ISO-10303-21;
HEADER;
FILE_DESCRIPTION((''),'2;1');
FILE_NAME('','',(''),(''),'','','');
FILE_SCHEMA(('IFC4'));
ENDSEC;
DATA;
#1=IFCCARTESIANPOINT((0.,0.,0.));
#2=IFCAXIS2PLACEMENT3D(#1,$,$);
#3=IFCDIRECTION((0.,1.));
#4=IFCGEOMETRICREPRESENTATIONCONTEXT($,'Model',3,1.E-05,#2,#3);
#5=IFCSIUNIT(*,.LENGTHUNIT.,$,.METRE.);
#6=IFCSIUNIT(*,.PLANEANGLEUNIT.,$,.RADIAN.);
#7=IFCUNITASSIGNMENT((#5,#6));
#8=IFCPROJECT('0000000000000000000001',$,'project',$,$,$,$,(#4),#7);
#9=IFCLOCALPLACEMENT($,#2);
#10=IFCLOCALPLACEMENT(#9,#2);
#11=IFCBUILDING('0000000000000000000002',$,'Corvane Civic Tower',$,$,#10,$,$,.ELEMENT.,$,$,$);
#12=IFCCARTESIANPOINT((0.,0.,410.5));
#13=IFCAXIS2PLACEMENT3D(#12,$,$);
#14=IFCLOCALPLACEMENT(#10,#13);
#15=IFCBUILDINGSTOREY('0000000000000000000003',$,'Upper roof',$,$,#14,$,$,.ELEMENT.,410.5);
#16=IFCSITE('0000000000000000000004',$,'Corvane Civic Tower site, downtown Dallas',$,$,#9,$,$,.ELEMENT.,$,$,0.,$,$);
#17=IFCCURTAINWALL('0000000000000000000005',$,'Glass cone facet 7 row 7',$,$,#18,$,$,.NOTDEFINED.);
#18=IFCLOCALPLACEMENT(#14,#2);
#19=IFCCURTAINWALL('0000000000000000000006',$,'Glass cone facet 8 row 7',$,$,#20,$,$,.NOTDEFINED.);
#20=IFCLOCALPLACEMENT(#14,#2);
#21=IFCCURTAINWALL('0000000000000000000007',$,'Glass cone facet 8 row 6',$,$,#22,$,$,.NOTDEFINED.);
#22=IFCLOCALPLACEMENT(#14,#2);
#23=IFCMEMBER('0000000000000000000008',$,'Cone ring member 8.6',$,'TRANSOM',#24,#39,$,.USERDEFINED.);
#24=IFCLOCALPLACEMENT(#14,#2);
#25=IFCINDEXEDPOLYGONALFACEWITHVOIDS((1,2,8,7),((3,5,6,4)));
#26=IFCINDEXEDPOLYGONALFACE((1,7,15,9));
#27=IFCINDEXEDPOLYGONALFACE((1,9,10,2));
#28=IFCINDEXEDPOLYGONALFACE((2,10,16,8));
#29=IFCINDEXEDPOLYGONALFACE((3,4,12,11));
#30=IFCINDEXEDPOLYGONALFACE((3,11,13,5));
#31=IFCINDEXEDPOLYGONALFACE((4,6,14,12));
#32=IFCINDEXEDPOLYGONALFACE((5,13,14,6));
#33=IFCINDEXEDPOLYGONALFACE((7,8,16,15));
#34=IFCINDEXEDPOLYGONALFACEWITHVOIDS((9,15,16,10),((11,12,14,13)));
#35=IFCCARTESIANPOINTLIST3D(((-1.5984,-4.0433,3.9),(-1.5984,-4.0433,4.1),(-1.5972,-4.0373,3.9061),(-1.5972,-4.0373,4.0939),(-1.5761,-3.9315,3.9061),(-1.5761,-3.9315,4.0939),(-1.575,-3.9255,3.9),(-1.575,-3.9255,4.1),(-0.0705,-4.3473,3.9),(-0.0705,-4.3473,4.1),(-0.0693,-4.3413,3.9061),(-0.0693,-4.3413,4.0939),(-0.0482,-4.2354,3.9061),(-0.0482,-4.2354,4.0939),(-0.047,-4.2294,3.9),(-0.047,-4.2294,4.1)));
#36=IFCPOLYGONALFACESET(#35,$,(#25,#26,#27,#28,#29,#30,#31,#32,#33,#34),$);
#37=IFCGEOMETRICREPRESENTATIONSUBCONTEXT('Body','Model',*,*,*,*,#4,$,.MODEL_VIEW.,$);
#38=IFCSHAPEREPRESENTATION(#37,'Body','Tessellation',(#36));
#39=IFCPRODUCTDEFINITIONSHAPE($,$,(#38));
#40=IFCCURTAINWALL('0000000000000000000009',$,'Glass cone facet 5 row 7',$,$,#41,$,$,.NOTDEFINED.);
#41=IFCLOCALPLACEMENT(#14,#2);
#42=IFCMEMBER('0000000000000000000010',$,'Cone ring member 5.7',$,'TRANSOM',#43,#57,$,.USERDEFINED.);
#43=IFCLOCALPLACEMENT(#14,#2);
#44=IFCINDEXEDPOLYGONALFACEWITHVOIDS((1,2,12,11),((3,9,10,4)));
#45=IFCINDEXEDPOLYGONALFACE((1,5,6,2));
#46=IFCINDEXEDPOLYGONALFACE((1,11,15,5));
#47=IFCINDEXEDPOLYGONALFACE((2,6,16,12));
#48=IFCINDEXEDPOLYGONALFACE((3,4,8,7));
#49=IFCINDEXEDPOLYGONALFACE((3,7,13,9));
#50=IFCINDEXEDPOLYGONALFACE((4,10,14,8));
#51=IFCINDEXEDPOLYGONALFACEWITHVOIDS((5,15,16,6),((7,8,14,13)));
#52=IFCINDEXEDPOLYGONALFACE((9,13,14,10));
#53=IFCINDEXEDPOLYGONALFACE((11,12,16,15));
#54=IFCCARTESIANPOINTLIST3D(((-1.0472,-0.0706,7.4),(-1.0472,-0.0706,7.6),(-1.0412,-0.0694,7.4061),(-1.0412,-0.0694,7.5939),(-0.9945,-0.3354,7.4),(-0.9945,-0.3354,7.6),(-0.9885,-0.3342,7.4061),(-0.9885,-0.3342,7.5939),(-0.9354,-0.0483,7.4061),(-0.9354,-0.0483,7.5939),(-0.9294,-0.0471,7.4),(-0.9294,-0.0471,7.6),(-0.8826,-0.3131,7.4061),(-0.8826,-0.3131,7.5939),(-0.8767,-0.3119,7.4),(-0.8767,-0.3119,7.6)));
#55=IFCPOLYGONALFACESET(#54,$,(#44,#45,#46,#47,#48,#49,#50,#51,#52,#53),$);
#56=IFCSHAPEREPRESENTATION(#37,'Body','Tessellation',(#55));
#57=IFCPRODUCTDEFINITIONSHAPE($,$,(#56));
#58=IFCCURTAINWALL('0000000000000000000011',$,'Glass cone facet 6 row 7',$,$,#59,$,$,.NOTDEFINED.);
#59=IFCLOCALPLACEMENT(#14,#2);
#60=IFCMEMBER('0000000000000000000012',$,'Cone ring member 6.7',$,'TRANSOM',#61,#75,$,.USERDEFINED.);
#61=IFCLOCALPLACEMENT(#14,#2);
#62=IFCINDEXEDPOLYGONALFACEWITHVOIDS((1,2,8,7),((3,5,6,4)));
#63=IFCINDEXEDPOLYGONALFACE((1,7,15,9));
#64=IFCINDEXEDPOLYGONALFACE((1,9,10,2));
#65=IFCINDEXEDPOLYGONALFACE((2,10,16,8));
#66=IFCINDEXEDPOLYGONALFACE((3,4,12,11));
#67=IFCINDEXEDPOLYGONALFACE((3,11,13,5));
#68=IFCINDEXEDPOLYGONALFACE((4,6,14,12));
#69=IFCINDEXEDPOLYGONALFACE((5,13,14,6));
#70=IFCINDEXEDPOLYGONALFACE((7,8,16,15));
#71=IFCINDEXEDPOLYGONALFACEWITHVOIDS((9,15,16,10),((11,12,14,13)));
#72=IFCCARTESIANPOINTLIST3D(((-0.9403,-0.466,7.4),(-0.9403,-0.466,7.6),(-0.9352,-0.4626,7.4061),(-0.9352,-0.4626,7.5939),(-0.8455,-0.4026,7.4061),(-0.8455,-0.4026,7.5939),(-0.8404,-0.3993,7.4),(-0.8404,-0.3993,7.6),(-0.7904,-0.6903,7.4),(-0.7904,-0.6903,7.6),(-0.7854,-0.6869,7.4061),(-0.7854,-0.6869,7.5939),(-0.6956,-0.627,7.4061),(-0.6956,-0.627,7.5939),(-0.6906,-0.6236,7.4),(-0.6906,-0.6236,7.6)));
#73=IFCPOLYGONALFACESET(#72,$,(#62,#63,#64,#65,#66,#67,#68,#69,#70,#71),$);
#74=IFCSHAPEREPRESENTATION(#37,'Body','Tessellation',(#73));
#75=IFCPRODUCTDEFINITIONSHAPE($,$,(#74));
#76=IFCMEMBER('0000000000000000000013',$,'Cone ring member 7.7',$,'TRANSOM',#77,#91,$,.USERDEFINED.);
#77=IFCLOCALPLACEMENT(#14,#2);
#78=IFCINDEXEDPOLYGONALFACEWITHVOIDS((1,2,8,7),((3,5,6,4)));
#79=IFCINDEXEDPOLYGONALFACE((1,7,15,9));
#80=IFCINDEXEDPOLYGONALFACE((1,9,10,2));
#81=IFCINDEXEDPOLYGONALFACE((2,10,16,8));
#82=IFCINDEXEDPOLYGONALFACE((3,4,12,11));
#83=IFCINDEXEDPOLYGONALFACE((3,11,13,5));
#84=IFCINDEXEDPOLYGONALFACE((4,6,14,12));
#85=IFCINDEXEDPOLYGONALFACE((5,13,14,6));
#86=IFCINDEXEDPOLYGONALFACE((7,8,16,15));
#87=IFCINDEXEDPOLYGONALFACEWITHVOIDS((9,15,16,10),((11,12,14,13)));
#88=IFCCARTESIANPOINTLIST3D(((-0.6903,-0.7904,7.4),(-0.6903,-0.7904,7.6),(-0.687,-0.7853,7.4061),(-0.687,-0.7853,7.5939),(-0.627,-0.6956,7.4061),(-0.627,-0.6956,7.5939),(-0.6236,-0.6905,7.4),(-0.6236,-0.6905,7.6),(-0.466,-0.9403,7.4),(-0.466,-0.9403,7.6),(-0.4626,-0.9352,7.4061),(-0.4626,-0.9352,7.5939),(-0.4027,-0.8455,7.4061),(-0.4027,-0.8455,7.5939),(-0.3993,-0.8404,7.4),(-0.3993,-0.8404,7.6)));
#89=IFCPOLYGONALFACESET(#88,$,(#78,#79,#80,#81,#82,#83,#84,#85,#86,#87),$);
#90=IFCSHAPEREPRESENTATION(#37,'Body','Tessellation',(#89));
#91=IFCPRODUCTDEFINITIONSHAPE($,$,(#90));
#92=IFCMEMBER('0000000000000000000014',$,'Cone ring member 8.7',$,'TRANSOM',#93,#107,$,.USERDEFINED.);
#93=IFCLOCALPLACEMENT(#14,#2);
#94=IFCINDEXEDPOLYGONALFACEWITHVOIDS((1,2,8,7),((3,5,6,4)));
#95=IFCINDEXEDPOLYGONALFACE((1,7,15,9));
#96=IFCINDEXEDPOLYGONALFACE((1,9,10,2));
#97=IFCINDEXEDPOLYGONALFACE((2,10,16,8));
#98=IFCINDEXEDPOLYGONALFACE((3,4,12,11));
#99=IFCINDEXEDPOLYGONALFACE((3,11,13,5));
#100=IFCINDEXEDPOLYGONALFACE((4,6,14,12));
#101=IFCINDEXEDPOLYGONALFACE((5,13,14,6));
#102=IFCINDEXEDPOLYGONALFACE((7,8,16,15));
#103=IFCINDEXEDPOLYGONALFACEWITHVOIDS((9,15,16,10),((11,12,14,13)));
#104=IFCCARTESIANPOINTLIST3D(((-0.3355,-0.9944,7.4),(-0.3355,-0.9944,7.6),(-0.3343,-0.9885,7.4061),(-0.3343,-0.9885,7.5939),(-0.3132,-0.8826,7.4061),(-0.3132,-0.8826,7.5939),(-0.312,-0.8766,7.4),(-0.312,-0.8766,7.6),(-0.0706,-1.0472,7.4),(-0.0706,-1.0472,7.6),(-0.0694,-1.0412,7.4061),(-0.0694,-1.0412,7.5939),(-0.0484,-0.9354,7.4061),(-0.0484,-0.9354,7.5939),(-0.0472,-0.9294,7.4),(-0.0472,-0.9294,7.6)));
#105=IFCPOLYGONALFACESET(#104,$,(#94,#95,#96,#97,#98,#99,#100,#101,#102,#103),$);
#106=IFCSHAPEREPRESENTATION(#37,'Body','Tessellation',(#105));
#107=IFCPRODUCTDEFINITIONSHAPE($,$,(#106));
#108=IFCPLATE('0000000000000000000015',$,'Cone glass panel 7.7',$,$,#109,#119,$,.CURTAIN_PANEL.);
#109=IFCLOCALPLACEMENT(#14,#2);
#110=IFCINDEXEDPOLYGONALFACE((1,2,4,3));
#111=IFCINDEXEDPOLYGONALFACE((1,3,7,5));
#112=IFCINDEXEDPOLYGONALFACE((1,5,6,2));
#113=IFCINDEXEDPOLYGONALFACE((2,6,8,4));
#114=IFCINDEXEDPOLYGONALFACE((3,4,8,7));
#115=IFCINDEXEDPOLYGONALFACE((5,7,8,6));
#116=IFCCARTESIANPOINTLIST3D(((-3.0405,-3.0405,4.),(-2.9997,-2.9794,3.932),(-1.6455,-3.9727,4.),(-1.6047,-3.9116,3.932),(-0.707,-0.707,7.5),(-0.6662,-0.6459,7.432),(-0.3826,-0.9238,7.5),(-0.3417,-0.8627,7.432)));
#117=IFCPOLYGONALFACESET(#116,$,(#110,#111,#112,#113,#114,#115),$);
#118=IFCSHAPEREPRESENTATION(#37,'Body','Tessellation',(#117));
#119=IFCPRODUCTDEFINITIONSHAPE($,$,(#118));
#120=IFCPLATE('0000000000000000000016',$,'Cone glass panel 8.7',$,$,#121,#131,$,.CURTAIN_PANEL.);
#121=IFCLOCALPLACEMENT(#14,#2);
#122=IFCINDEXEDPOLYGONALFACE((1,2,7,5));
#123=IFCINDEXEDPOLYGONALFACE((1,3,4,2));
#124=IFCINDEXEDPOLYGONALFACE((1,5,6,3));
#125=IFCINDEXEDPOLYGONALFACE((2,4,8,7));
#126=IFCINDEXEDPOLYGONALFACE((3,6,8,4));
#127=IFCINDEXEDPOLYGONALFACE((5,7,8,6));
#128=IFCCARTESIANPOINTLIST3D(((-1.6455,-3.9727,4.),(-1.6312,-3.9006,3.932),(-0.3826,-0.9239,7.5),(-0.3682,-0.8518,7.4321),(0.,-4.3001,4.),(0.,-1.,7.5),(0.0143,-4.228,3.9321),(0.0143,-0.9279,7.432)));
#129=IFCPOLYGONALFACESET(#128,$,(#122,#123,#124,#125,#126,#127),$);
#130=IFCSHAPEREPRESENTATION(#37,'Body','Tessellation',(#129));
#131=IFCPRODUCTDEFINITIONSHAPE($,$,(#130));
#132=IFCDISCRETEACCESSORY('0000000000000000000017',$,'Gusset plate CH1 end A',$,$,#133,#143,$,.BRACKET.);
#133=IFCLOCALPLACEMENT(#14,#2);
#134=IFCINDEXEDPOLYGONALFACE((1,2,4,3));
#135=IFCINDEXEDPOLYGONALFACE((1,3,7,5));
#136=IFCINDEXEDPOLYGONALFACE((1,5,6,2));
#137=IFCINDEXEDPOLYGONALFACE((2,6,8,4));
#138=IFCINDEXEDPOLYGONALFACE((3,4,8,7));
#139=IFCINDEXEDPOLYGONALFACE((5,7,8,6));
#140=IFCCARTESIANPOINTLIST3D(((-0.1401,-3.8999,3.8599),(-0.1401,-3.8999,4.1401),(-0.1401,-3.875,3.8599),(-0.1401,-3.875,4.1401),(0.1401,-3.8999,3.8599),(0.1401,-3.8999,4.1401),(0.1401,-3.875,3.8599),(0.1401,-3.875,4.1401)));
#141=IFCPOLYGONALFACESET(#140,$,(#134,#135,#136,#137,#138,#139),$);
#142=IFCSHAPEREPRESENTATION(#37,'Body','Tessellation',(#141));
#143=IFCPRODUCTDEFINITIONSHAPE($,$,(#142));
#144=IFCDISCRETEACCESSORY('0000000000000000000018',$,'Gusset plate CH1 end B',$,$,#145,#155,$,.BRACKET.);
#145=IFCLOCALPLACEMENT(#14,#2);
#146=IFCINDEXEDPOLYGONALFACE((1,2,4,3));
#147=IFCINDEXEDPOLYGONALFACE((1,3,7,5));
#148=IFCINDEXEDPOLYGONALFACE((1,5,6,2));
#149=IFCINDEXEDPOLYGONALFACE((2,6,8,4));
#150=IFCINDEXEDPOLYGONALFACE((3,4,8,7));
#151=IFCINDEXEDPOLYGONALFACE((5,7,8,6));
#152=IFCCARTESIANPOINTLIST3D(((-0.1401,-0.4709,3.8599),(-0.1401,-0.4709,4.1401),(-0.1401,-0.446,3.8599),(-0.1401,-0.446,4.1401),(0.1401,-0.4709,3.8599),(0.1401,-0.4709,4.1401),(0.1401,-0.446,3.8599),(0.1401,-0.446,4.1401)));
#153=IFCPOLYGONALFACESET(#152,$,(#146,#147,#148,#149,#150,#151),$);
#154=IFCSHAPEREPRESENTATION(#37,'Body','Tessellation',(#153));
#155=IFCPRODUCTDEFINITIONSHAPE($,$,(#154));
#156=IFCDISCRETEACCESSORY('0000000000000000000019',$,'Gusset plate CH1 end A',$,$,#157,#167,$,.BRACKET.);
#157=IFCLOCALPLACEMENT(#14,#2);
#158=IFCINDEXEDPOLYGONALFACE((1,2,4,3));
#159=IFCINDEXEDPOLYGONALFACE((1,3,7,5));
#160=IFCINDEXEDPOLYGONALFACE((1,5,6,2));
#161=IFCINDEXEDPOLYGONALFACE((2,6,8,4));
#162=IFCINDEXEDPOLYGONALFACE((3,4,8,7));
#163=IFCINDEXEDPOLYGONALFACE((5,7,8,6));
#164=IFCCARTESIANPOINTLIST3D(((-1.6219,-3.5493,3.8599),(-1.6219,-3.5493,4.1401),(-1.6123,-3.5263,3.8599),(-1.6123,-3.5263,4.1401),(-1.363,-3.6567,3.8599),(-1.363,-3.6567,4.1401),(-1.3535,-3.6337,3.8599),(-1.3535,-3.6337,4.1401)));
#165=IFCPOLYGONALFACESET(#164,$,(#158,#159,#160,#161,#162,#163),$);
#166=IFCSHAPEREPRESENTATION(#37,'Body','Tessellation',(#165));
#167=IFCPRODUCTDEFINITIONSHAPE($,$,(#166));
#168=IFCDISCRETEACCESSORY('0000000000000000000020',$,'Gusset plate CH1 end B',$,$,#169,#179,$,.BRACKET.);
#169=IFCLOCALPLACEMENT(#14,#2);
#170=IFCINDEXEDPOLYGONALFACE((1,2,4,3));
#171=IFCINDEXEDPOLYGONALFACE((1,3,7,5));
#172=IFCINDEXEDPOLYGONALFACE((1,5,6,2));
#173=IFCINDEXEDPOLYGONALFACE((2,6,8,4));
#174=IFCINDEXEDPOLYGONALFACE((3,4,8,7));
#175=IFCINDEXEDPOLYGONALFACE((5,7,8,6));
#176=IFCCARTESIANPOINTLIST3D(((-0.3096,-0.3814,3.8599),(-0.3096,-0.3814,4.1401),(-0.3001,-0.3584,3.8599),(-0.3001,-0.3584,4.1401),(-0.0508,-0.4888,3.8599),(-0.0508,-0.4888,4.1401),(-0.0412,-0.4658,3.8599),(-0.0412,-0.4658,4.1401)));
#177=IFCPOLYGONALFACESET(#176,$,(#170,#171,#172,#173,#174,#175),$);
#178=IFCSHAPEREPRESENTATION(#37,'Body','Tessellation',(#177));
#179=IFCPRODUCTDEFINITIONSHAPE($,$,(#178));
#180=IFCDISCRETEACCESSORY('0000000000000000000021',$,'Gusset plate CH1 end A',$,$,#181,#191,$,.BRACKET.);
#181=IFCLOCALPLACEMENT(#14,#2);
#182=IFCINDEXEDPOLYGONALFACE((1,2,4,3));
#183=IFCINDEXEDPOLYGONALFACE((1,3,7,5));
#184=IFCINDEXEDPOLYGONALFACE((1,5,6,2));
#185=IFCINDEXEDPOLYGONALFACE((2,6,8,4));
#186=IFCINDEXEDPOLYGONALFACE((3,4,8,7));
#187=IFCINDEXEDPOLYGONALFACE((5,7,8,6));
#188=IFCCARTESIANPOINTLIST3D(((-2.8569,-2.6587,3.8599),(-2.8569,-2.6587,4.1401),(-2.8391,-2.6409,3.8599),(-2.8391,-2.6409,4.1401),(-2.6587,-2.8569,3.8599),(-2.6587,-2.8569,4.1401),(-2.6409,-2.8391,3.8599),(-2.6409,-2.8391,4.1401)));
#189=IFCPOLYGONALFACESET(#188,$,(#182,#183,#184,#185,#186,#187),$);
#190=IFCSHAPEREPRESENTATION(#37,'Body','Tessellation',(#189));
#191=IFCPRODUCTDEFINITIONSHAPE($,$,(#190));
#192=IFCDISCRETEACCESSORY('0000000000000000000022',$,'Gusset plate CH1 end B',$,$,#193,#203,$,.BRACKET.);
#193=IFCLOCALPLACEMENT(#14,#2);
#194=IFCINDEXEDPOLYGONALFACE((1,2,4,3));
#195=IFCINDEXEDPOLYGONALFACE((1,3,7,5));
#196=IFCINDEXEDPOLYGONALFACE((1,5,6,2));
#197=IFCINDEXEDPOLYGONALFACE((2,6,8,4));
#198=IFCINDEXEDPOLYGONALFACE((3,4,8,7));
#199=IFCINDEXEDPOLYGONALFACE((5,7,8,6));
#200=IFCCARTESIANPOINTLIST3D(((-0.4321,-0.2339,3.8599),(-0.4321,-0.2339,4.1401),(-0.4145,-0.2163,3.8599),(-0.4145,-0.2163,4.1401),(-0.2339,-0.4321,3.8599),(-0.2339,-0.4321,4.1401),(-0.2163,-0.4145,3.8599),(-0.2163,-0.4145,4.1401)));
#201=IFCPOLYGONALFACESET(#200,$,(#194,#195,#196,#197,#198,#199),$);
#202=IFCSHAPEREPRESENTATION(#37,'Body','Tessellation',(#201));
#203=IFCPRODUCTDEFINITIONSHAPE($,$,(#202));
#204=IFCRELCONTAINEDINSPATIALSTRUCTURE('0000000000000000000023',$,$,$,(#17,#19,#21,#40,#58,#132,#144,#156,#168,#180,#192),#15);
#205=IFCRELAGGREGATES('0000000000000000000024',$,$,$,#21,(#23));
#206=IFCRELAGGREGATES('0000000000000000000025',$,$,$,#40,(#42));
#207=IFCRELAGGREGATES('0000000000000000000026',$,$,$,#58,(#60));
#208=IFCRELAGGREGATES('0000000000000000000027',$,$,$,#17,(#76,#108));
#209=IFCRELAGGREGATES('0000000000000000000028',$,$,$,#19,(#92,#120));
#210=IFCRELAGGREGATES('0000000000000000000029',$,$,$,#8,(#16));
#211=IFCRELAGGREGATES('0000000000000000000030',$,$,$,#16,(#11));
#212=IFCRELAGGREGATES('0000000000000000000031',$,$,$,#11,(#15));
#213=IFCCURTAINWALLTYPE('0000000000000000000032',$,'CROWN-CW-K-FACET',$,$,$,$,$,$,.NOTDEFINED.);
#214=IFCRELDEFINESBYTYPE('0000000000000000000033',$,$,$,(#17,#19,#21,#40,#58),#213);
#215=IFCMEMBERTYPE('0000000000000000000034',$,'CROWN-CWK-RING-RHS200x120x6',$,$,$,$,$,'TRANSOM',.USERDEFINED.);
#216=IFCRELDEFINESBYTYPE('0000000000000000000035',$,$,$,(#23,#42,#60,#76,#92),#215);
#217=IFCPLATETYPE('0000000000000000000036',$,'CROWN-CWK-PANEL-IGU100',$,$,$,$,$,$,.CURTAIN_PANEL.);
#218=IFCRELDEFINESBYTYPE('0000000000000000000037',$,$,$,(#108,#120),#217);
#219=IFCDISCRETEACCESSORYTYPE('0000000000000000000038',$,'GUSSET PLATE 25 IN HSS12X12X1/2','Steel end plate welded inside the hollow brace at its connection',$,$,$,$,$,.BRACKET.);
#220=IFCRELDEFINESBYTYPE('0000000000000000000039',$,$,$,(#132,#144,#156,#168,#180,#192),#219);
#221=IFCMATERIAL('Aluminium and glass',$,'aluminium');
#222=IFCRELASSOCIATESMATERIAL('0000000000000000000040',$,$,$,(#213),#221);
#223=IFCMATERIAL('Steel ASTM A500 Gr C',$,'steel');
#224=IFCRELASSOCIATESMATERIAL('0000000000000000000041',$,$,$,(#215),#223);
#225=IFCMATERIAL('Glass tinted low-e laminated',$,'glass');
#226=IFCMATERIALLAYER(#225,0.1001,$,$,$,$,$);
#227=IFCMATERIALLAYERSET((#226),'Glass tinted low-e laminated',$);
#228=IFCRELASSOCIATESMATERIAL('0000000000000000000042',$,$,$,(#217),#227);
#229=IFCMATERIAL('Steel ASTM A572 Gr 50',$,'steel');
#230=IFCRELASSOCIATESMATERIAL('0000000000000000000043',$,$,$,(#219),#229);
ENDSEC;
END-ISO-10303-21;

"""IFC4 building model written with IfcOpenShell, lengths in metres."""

from ifc_helpers import new_model, si_unit, direction, frame, origin, origin_2d, place, context, subcontext, project, spatial, polyline, rectangle, hollow_rectangle, outline, extrude, material, layer, layer_set, material_profile, profile_set, type_object, element, aggregate, save


model = new_model("IFC4")

# Units and contexts
model_context = context("Model", 3, precision=1e-05, world=origin(), true_north=direction((0.0, 1.0)))
body_context = subcontext(model_context, "Body", "Model", "MODEL_VIEW")
ifc_project = project(units=[si_unit("LENGTHUNIT", "METRE"), si_unit("PLANEANGLEUNIT", "RADIAN")], contexts=[model_context])

# Site, building, storey
site_placement = place(None, origin())
site = spatial("IfcSite", under=ifc_project, at=site_placement, Name="Corvane Civic Tower site, downtown Dallas", CompositionType="ELEMENT", RefElevation=0.0)
building_placement = place(site_placement, origin())
building = spatial("IfcBuilding", under=site, at=building_placement, Name="Corvane Civic Tower", CompositionType="ELEMENT")
storey_placement = place(building_placement, frame((0.0, 0.0, 410.5)))
storey = spatial("IfcBuildingStorey", under=building, at=storey_placement, Name="Upper roof", CompositionType="ELEMENT", Elevation=410.5)

# Curtain walls
ifc_material_1 = material(Name="Aluminium and glass", Category="aluminium")
curtain_wall_type = type_object("IfcCurtainWallType", Name="CROWN-CW-K-FACET", PredefinedType="NOTDEFINED", material=ifc_material_1)
curtain_wall_1_placement = place(storey_placement, origin())
curtain_wall_1 = element("IfcCurtainWall", 1, at=curtain_wall_1_placement, inside=storey, type_object=curtain_wall_type, Name="Glass cone facet 7 row 7", PredefinedType="NOTDEFINED")
curtain_wall_2_placement = place(storey_placement, origin())
curtain_wall_2 = element("IfcCurtainWall", 2, at=curtain_wall_2_placement, inside=storey, type_object=curtain_wall_type, Name="Glass cone facet 8 row 7", PredefinedType="NOTDEFINED")

# Curtain wall
curtain_wall_3_placement = place(storey_placement, origin())
curtain_wall_3 = element("IfcCurtainWall", 3, at=curtain_wall_3_placement, inside=storey, type_object=curtain_wall_type, Name="Glass cone facet 8 row 6", PredefinedType="NOTDEFINED")

# Shared definitions
ifc_material_2 = material(Name="Steel ASTM A500 Gr C", Category="steel")
ifc_material_profile_1 = material_profile(ifc_material_2, hollow_rectangle(XDim=0.1201, YDim=0.2, WallThickness=0.0061, at=origin_2d()), Name="RHS 200x120x6")
ifc_profile_set_1 = profile_set([ifc_material_profile_1], Name="Steel ASTM A500 Gr C")
member_type_1 = type_object("IfcMemberType", Name="CROWN-CWK-RING-RHS200x120x6", ElementType="TRANSOM", PredefinedType="USERDEFINED", material=ifc_profile_set_1)

# Member
member_1_placement = place(storey_placement, frame((-1.5867, -3.9844, 4.0), z_axis=(0.980779, -0.195121, 0.0), x_axis=(0.195121, 0.980779, 0.0)))
member_1 = element("IfcMember", 4, at=member_1_placement, type_object=member_type_1, Name="Cone ring member 8.6", ObjectType="TRANSOM", PredefinedType="USERDEFINED", context=body_context, shape_type="SweptSolid", body=[
    extrude(hollow_rectangle(XDim=0.1201, YDim=0.2, WallThickness=0.0061, at=origin_2d()), origin(), (0.0, 0.0, 1.0), 1.5579),
])
aggregate(curtain_wall_3, [member_1])

# Curtain walls, members
curtain_wall_4_placement = place(storey_placement, origin())
curtain_wall_4 = element("IfcCurtainWall", 5, at=curtain_wall_4_placement, inside=storey, type_object=curtain_wall_type, Name="Glass cone facet 5 row 7", PredefinedType="NOTDEFINED")
member_2_placement = place(storey_placement, frame((-0.9883, -0.0588, 7.5), z_axis=(0.195247, -0.980754, 0.0), x_axis=(0.980754, 0.195247, 0.0)))
member_2 = element("IfcMember", 6, at=member_2_placement, type_object=member_type_1, Name="Cone ring member 5.7", ObjectType="TRANSOM", PredefinedType="USERDEFINED", context=body_context, shape_type="SweptSolid", body=[
    extrude(hollow_rectangle(XDim=0.1201, YDim=0.2, WallThickness=0.0061, at=origin_2d()), origin(), (0.0, 0.0, 1.0), 0.27),
])
aggregate(curtain_wall_4, [member_2])
curtain_wall_5_placement = place(storey_placement, origin())
curtain_wall_5 = element("IfcCurtainWall", 7, at=curtain_wall_5_placement, inside=storey, type_object=curtain_wall_type, Name="Glass cone facet 6 row 7", PredefinedType="NOTDEFINED")
member_3_placement = place(storey_placement, frame((-0.8904, -0.4326, 7.5), z_axis=(0.555535, -0.831493, 0.0), x_axis=(0.831493, 0.555535, 0.0)))
member_3 = element("IfcMember", 8, at=member_3_placement, type_object=member_type_1, Name="Cone ring member 6.7", ObjectType="TRANSOM", PredefinedType="USERDEFINED", context=body_context, shape_type="SweptSolid", body=[
    extrude(hollow_rectangle(XDim=0.1201, YDim=0.2, WallThickness=0.0061, at=origin_2d()), origin(), (0.0, 0.0, 1.0), 0.2698),
])
aggregate(curtain_wall_5, [member_3])

# Members
member_4_placement = place(storey_placement, frame((-0.657, -0.7405, 7.5), z_axis=(0.831493, -0.555535, 0.0), x_axis=(0.555535, 0.831493, 0.0)))
member_4 = element("IfcMember", 9, at=member_4_placement, type_object=member_type_1, Name="Cone ring member 7.7", ObjectType="TRANSOM", PredefinedType="USERDEFINED", context=body_context, shape_type="SweptSolid", body=[
    extrude(hollow_rectangle(XDim=0.1201, YDim=0.2, WallThickness=0.0061, at=origin_2d()), origin(), (0.0, 0.0, 1.0), 0.2698),
])
member_5_placement = place(storey_placement, frame((-0.3237, -0.9355, 7.5), z_axis=(0.980754, -0.195247, 0.0), x_axis=(0.195247, 0.980754, 0.0)))
member_5 = element("IfcMember", 10, at=member_5_placement, type_object=member_type_1, Name="Cone ring member 8.7", ObjectType="TRANSOM", PredefinedType="USERDEFINED", context=body_context, shape_type="SweptSolid", body=[
    extrude(hollow_rectangle(XDim=0.1201, YDim=0.2, WallThickness=0.0061, at=origin_2d()), origin(), (0.0, 0.0, 1.0), 0.27),
])

# Plates
ifc_material_3 = material(Name="Glass tinted low-e laminated", Category="glass")
ifc_layer = layer(ifc_material_3, 0.1001)
ifc_layer_set = layer_set([ifc_layer], Name="Glass tinted low-e laminated")
plate_type = type_object("IfcPlateType", Name="CROWN-CWK-PANEL-IGU100", PredefinedType="CURTAIN_PANEL", material=ifc_layer_set)
plate_1_placement = place(storey_placement, frame((-3.0405, -3.0405, 4.0), z_axis=(-0.407894, -0.610454, 0.678947), x_axis=(0.831468, -0.555572, -0.000001)))
plate_1 = element("IfcPlate", 11, at=plate_1_placement, type_object=plate_type, Name="Cone glass panel 7.7", PredefinedType="CURTAIN_PANEL", context=body_context, shape_type="SweptSolid", body=[
    extrude(outline(polyline([(0.0, 0.0), (1.6778, 0.0), (1.034, 4.7672), (0.6438, 4.7672), (0.0, 0.0)])), origin(), (0.0, 0.0, -1.0), 0.1001),
])
aggregate(curtain_wall_1, [member_4, plate_1])
plate_2_placement = place(storey_placement, frame((-1.6455, -3.9727, 4.0), z_axis=(-0.143286, -0.720072, 0.678944), x_axis=(0.980773, -0.195151, 0.000013)))
plate_2 = element("IfcPlate", 12, at=plate_2_placement, type_object=plate_type, Name="Cone glass panel 8.7", PredefinedType="CURTAIN_PANEL", context=body_context, shape_type="SweptSolid", body=[
    extrude(outline(polyline([(0.0, 0.0), (1.6778, 0.0), (1.0338, 4.7671), (0.6437, 4.7672), (0.0, 0.0)])), origin(), (0.0, 0.0, -1.0), 0.1001),
])
aggregate(curtain_wall_2, [member_5, plate_2])

# Discrete accessories
ifc_material_4 = material(Name="Steel ASTM A572 Gr 50", Category="steel")
ifc_material_profile_2 = material_profile(ifc_material_4, rectangle(XDim=0.2803, YDim=0.2803, at=origin_2d()), Name="GUSSET PLATE 25 IN HSS12X12X1/2")
ifc_profile_set_2 = profile_set([ifc_material_profile_2], Name="Steel ASTM A572 Gr 50")
discrete_accessory_type = type_object("IfcDiscreteAccessoryType", Name="GUSSET PLATE 25 IN HSS12X12X1/2", Description="Steel end plate welded inside the hollow brace at its connection", PredefinedType="BRACKET", material=ifc_profile_set_2)
for number, where, z_axis, x_axis, name in (
    (13, (0.0, -3.8999, 4.0), (0.0, 1.0, 0.0), (-1.0, 0.0, 0.0), "Gusset plate CH1 end A"),
    (14, (0.0, -0.446, 4.0), (0.0, -1.0, 0.0), (1.0, 0.0, 0.0), "Gusset plate CH1 end B"),
    (15, (-1.4924, -3.603, 4.0), (0.38322, 0.923657, 0.0), (-0.923657, 0.38322, 0.0), "Gusset plate CH1 end A"),
    (16, (-0.1707, -0.4121, 4.0), (-0.38322, -0.923657, 0.0), (0.923657, -0.38322, 0.0), "Gusset plate CH1 end B"),
):
    element("IfcDiscreteAccessory", number, at=place(storey_placement, frame(where, z_axis=z_axis, x_axis=x_axis)), inside=storey, type_object=discrete_accessory_type, Name=name, PredefinedType="BRACKET", context=body_context, shape_type="SweptSolid", body=[
        extrude(rectangle(XDim=0.2803, YDim=0.2803, at=origin_2d()), origin(), (0.0, 0.0, 1.0), 0.0249),
    ])
discrete_accessory_placement = place(storey_placement, frame((-2.7578, -2.7578, 4.0), z_axis=(0.707107, 0.707107, 0.0), x_axis=(-0.707107, 0.707107, 0.0)))
element("IfcDiscreteAccessory", 17, at=discrete_accessory_placement, inside=storey, type_object=discrete_accessory_type, Name="Gusset plate CH1 end A", PredefinedType="BRACKET", context=body_context, shape_type="SweptSolid", body=[
    extrude(rectangle(XDim=0.2803, YDim=0.2803, at=origin_2d()), origin(), (0.0, 0.0, 1.0), 0.0251),
])
for number, where, z_axis, x_axis, name in (
    (18, (-0.3154, -0.3154, 4.0), (-0.707107, -0.707107, 0.0), (0.707107, -0.707107, 0.0), "Gusset plate CH1 end B"),
):
    element("IfcDiscreteAccessory", number, at=place(storey_placement, frame(where, z_axis=z_axis, x_axis=x_axis)), inside=storey, type_object=discrete_accessory_type, Name=name, PredefinedType="BRACKET", context=body_context, shape_type="SweptSolid", body=[
        extrude(rectangle(XDim=0.2803, YDim=0.2803, at=origin_2d()), origin(), (0.0, 0.0, 1.0), 0.0249),
    ])

save(model, "model.ifc")
